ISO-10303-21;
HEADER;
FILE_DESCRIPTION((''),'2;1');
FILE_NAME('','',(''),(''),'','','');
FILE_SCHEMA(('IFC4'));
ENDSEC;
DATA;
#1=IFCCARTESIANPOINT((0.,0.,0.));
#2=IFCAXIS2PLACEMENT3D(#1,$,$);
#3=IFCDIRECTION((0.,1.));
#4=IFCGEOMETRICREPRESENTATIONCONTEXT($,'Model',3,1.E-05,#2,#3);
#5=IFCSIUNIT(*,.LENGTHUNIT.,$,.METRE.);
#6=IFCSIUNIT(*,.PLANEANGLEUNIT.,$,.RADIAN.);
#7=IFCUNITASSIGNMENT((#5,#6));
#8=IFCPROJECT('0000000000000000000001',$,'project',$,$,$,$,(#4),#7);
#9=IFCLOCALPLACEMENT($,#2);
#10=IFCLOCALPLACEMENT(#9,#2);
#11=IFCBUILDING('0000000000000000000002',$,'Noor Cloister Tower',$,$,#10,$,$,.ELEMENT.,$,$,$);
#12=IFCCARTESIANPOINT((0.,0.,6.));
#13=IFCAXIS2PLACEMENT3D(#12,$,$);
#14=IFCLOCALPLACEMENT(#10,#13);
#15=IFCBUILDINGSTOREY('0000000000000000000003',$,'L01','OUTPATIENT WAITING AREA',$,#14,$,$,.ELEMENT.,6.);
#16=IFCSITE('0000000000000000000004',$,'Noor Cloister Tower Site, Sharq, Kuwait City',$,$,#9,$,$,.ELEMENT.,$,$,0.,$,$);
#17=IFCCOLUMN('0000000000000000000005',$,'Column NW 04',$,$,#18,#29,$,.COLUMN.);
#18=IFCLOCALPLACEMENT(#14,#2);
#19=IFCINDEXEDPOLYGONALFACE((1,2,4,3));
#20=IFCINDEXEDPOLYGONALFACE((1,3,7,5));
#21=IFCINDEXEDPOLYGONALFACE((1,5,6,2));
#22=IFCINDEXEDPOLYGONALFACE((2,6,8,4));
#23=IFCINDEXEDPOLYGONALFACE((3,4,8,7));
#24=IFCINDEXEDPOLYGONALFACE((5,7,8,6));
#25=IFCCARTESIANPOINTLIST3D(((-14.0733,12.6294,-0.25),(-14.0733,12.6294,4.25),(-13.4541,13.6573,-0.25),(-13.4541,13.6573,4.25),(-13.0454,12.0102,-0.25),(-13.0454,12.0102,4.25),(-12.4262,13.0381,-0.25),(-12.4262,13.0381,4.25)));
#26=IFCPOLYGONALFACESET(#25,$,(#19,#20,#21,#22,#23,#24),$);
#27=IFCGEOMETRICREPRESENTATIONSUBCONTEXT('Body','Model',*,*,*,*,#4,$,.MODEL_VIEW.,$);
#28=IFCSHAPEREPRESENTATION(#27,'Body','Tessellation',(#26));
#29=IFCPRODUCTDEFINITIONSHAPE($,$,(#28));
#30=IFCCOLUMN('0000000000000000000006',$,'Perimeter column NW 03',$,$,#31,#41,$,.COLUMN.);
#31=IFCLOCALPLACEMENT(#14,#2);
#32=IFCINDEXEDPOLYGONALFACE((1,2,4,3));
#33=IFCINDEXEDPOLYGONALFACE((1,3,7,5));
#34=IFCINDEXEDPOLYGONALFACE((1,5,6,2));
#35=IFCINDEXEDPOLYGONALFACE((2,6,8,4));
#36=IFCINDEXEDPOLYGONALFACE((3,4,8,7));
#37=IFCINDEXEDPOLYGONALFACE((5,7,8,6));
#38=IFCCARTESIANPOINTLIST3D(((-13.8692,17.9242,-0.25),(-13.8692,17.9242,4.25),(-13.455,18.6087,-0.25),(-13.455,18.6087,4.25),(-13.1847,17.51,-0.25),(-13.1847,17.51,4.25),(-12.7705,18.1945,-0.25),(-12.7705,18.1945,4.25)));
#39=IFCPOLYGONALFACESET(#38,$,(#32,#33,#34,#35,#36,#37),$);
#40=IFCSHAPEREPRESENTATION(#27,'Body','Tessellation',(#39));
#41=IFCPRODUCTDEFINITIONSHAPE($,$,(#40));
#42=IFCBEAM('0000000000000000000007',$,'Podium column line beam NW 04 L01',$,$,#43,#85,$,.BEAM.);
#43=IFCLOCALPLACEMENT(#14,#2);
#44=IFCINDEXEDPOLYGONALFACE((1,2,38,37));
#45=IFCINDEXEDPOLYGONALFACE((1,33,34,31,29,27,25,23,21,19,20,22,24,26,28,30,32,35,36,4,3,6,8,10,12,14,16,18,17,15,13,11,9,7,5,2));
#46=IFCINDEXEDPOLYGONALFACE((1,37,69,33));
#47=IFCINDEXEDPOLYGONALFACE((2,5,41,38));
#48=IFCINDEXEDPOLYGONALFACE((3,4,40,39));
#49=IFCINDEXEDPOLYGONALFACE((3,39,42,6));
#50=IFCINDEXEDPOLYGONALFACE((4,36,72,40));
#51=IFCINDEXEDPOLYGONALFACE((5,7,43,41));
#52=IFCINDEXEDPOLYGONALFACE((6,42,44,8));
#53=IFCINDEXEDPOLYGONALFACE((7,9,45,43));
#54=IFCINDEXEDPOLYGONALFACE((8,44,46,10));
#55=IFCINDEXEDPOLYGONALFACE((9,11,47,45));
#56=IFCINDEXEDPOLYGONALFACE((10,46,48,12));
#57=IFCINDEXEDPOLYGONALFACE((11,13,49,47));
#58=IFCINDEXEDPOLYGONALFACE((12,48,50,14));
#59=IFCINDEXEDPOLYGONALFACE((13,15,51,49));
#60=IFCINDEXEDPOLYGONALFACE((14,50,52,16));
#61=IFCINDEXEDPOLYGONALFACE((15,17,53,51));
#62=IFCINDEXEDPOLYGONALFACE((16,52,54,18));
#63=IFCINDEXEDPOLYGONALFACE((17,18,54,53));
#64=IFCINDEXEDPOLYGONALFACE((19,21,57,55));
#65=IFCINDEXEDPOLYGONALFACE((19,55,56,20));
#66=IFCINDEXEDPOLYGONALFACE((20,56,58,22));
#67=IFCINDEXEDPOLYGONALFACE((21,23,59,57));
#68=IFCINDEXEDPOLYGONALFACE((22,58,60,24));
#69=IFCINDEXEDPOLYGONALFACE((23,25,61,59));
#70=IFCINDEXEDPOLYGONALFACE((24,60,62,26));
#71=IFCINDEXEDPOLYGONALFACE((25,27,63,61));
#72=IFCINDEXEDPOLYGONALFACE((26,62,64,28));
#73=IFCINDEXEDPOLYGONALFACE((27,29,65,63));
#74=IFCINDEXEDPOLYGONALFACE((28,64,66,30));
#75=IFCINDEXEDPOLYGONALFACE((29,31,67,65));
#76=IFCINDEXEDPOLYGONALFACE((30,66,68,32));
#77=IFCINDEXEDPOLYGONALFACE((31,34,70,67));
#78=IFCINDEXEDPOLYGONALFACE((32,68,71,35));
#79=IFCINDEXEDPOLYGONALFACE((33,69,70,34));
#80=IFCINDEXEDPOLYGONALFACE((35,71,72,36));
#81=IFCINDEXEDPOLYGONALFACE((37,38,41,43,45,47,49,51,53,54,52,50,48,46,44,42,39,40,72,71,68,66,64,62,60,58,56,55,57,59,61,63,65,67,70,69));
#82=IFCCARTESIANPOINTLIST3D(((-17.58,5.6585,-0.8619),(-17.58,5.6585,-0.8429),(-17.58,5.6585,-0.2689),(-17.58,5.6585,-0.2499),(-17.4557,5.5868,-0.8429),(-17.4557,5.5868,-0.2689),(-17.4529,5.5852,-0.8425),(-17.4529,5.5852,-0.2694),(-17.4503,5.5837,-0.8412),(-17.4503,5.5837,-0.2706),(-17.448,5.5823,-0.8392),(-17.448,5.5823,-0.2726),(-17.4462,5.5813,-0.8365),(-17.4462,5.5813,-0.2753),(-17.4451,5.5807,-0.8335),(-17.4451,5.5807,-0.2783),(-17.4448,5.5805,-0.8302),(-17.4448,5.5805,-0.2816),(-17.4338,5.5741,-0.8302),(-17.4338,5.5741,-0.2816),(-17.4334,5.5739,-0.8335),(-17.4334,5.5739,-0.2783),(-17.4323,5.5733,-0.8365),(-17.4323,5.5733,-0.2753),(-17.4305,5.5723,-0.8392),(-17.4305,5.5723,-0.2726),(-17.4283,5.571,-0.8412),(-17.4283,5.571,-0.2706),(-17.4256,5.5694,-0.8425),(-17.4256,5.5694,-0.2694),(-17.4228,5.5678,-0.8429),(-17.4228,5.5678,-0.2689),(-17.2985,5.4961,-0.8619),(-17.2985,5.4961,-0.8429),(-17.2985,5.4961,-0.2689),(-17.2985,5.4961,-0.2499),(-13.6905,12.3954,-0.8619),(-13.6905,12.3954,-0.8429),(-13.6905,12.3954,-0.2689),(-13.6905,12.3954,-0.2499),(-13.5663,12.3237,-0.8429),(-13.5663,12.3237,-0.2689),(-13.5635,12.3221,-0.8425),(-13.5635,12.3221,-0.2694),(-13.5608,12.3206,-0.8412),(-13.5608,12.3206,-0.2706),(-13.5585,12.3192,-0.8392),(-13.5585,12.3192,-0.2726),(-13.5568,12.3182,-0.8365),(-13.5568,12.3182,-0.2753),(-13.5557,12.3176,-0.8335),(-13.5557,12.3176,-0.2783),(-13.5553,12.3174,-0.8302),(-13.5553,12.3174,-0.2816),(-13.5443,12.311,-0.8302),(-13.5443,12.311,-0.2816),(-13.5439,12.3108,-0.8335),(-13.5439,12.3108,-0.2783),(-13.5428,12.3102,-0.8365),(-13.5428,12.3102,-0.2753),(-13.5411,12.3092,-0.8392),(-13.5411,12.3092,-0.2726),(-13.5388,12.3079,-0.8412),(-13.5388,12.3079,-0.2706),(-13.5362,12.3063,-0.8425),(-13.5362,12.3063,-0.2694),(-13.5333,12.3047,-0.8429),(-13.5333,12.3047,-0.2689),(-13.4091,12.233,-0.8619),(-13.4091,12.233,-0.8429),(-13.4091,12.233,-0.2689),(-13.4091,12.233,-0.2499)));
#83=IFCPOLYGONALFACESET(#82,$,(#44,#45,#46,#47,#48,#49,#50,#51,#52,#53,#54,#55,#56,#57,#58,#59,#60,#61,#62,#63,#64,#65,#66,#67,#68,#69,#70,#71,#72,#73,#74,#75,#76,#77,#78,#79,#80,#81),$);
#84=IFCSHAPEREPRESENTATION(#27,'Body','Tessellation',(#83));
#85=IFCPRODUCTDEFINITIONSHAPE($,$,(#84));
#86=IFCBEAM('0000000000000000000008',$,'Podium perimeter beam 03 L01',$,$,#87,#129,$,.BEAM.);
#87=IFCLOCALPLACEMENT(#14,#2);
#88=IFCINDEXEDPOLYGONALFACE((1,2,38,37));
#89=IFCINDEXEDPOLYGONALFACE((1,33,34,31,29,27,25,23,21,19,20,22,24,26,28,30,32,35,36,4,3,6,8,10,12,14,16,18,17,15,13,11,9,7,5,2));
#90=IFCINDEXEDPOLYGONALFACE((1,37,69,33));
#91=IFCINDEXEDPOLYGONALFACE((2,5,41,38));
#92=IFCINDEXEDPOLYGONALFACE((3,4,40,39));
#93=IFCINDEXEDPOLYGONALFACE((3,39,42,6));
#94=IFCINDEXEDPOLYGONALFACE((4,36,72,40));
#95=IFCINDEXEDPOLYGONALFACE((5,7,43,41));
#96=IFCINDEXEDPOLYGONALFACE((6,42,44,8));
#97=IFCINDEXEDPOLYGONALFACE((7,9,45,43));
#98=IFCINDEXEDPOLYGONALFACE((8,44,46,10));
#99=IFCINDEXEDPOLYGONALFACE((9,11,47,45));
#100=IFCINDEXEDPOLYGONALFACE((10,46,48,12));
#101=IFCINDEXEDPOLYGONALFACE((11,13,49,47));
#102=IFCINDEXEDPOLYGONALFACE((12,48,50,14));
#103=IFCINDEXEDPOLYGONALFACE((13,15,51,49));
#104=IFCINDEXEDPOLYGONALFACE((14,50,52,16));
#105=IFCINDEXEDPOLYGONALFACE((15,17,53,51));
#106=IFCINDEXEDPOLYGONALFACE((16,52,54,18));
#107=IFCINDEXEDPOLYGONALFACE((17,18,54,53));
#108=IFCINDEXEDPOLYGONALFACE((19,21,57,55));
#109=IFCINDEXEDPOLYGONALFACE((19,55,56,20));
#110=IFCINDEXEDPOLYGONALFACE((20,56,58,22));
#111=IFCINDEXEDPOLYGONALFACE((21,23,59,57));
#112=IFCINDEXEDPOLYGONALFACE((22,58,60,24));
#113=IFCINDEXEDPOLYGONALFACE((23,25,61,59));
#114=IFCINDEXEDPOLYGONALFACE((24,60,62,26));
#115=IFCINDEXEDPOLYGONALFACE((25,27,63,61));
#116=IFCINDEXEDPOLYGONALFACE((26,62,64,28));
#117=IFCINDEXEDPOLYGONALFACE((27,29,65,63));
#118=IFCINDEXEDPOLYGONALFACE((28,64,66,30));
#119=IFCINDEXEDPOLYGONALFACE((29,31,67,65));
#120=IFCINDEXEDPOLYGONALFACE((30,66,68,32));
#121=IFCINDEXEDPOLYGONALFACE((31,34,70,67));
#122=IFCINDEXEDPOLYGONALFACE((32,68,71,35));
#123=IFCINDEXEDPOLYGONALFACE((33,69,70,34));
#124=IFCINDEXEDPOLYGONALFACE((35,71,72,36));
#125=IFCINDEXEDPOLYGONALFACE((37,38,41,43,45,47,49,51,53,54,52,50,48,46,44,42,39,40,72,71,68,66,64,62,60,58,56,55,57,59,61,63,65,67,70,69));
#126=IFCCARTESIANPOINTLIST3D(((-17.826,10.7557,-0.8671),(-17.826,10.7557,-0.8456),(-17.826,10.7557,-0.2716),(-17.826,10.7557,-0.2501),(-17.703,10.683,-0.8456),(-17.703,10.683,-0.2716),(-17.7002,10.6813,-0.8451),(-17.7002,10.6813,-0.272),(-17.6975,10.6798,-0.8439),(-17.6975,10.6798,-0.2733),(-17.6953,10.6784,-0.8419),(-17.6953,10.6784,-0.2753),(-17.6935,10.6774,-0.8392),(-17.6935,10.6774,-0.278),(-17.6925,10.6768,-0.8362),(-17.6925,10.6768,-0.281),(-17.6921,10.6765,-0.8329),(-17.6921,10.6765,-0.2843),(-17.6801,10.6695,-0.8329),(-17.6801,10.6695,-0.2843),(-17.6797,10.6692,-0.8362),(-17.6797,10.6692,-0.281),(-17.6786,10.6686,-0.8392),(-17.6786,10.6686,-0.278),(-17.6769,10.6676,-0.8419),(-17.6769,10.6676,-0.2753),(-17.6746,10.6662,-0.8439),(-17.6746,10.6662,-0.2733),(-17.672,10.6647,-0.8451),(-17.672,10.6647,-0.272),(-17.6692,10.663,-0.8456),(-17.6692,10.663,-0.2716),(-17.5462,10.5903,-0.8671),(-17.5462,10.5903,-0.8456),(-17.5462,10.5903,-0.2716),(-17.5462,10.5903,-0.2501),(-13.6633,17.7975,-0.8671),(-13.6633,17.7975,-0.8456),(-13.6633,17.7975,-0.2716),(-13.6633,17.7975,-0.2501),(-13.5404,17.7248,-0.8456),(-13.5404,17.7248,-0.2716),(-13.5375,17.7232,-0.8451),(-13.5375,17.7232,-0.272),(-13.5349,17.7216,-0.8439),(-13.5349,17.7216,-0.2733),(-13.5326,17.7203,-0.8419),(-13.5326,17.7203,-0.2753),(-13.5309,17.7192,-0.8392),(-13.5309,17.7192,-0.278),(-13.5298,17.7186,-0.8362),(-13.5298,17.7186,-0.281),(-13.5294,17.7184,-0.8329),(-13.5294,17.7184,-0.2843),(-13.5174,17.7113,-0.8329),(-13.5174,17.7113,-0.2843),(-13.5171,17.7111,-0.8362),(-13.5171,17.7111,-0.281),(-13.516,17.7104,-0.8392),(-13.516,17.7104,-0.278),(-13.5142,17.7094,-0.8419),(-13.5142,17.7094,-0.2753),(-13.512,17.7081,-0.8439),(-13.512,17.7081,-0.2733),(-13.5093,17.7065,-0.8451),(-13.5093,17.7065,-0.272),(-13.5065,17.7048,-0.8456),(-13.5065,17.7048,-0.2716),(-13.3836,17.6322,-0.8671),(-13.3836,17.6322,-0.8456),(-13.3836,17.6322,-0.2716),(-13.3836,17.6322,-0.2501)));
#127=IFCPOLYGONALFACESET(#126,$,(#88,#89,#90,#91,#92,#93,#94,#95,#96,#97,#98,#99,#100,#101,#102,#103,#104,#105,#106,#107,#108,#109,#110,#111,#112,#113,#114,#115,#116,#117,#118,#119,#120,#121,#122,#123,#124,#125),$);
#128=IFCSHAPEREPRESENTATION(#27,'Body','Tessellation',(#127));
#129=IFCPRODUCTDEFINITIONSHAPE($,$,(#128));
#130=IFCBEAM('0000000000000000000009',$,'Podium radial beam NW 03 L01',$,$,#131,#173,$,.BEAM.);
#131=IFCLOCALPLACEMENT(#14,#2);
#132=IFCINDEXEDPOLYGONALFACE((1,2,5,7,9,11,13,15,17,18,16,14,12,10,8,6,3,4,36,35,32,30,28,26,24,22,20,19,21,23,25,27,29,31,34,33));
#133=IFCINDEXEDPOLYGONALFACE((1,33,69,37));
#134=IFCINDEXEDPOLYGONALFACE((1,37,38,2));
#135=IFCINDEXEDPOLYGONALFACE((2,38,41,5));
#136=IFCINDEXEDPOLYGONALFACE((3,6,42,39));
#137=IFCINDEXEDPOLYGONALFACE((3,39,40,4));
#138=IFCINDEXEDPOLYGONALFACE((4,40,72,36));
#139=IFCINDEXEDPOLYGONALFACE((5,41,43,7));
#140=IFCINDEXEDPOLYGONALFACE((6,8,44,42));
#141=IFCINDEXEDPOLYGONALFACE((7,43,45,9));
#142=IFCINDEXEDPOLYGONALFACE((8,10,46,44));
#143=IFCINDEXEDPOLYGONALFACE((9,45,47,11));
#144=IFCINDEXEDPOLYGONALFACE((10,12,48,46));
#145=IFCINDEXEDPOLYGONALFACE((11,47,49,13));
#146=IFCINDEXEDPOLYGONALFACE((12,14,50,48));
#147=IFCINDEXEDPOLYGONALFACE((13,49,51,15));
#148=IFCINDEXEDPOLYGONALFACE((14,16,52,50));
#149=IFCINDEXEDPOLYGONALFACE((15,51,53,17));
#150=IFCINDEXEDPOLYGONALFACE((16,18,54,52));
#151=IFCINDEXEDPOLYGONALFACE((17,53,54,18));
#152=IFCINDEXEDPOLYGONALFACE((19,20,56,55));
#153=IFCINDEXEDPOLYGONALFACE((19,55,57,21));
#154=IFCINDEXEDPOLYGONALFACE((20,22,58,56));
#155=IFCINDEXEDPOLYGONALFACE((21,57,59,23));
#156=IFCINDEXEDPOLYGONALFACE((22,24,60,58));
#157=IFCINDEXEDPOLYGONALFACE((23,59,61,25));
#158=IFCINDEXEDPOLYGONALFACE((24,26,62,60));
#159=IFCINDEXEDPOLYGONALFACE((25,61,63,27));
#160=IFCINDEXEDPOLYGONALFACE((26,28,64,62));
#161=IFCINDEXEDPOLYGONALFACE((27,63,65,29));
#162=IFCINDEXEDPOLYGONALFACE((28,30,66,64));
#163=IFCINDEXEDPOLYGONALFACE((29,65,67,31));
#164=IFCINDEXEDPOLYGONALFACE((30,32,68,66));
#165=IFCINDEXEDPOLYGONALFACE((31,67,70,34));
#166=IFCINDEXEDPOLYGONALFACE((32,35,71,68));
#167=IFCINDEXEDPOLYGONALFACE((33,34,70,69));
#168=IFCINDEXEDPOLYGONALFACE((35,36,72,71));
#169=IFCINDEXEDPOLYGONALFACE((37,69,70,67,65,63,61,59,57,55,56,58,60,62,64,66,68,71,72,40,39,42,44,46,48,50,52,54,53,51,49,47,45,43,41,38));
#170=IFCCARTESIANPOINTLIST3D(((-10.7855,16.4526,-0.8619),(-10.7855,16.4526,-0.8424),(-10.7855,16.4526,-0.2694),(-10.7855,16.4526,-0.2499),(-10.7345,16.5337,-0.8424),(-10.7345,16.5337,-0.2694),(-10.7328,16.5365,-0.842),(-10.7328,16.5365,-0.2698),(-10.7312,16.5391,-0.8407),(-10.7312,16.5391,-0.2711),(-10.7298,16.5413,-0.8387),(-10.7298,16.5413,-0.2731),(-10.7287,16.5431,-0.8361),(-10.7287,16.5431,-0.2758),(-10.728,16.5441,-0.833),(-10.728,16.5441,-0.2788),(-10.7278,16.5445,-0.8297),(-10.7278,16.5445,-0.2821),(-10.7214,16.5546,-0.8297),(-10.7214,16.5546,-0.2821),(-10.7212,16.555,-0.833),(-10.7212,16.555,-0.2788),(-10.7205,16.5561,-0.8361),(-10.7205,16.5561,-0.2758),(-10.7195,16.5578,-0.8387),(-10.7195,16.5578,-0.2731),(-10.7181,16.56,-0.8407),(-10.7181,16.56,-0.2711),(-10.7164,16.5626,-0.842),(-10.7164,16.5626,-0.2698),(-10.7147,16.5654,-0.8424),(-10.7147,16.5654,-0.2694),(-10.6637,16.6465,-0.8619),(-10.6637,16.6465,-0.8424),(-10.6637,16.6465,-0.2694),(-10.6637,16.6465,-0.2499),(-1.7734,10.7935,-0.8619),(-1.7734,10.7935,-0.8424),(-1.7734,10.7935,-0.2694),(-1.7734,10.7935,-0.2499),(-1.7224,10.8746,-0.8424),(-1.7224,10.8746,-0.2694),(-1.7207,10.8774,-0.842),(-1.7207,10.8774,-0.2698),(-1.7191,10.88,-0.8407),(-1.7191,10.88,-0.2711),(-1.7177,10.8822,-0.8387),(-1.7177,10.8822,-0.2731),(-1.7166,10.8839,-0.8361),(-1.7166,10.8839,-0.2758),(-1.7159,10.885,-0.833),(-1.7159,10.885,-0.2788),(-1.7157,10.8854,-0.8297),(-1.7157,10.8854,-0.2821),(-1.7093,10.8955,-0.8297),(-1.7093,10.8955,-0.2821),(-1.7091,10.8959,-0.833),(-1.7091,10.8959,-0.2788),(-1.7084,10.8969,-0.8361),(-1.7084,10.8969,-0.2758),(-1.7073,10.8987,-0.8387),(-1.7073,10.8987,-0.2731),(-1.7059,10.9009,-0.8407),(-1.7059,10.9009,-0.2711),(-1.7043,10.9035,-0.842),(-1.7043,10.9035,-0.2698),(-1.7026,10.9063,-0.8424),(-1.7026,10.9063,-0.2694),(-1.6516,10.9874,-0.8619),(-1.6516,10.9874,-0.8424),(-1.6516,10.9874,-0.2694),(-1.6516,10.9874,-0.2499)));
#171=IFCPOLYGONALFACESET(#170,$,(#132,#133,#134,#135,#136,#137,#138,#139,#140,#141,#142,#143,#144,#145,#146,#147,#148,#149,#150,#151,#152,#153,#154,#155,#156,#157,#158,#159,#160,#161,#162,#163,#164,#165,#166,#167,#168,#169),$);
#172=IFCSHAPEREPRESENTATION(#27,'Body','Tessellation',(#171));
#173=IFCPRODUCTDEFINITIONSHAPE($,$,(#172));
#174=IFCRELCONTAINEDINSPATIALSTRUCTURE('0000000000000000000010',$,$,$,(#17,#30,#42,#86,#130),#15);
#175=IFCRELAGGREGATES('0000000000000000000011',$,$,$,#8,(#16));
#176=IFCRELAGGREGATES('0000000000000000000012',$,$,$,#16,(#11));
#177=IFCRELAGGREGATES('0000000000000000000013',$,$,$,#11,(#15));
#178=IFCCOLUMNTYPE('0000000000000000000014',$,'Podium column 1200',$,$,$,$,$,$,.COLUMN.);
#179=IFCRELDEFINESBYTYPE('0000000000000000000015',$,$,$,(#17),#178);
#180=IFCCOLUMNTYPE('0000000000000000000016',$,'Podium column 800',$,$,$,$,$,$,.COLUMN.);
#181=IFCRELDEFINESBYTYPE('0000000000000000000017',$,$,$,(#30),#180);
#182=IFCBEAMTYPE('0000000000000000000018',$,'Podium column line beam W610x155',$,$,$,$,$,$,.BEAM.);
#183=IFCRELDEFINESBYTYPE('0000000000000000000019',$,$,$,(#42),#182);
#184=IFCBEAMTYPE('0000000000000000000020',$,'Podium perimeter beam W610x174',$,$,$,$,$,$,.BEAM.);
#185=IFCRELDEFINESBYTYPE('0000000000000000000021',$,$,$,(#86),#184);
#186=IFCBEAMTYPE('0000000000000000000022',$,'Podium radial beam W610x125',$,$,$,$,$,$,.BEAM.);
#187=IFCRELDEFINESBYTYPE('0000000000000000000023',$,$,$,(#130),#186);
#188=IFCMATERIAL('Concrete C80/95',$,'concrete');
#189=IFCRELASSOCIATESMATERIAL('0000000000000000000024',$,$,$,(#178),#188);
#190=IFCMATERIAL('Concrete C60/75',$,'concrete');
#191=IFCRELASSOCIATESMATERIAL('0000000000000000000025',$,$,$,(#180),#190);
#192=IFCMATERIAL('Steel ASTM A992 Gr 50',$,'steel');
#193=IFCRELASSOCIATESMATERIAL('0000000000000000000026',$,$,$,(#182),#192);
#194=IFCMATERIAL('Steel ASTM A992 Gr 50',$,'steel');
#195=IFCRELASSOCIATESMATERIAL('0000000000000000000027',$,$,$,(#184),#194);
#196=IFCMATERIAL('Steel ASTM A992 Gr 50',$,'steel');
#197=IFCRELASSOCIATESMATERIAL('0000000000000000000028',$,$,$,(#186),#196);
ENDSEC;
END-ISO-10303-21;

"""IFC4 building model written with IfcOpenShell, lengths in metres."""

from ifc_helpers import new_model, si_unit, direction, frame, origin, origin_2d, place, context, subcontext, project, spatial, rectangle, i_section, extrude, material, material_profile, profile_set, type_object, element, save


model = new_model("IFC4")

# Units and contexts
model_context = context("Model", 3, precision=1e-05, world=origin(), true_north=direction((0.0, 1.0)))
body_context = subcontext(model_context, "Body", "Model", "MODEL_VIEW")
ifc_project = project(units=[si_unit("LENGTHUNIT", "METRE"), si_unit("PLANEANGLEUNIT", "RADIAN")], contexts=[model_context])

# Site, building, storey
site_placement = place(None, origin())
site = spatial("IfcSite", under=ifc_project, at=site_placement, Name="Noor Cloister Tower Site, Sharq, Kuwait City", CompositionType="ELEMENT", RefElevation=0.0)
building_placement = place(site_placement, origin())
building = spatial("IfcBuilding", under=site, at=building_placement, Name="Noor Cloister Tower", CompositionType="ELEMENT")
storey_placement = place(building_placement, frame((0.0, 0.0, 6.0)))
storey = spatial("IfcBuildingStorey", under=building, at=storey_placement, Name="L01", Description="OUTPATIENT WAITING AREA", CompositionType="ELEMENT", Elevation=6.0)

# Columns
ifc_material_1 = material(Name="Concrete C80/95", Category="concrete")
ifc_material_profile_1 = material_profile(ifc_material_1, rectangle(XDim=1.2, YDim=1.2, at=origin_2d()), Name="Podium column 1200")
ifc_profile_set_1 = profile_set([ifc_material_profile_1], Name="Concrete C80/95")
column_type_1 = type_object("IfcColumnType", Name="Podium column 1200", PredefinedType="COLUMN", material=ifc_profile_set_1)
column_1_placement = place(storey_placement, frame((-13.2498, 12.8337, -0.25), z_axis=(0.0, 0.0, 1.0), x_axis=(-0.8566, 0.515981, 0.0)))
element("IfcColumn", 1, at=column_1_placement, inside=storey, type_object=column_type_1, Name="Column NW 04", PredefinedType="COLUMN", context=body_context, shape_type="SweptSolid", body=[
    extrude(rectangle(XDim=1.2, YDim=1.2, at=origin_2d()), origin(), (0.0, 0.0, 1.0), 4.5),
])
ifc_material_2 = material(Name="Concrete C60/75", Category="concrete")
ifc_material_profile_2 = material_profile(ifc_material_2, rectangle(XDim=0.8, YDim=0.8, at=origin_2d()), Name="Podium column 800")
ifc_profile_set_2 = profile_set([ifc_material_profile_2], Name="Concrete C60/75")
column_type_2 = type_object("IfcColumnType", Name="Podium column 800", PredefinedType="COLUMN", material=ifc_profile_set_2)
column_2_placement = place(storey_placement, frame((-13.3198, 18.0593, -0.25), z_axis=(0.0, 0.0, 1.0), x_axis=(-0.855574, 0.51768, 0.0)))
element("IfcColumn", 2, at=column_2_placement, inside=storey, type_object=column_type_2, Name="Perimeter column NW 03", PredefinedType="COLUMN", context=body_context, shape_type="SweptSolid", body=[
    extrude(rectangle(XDim=0.8, YDim=0.8, at=origin_2d()), origin(), (0.0, 0.0, 1.0), 4.5),
])

# Beams
ifc_material_3 = material(Name="Steel ASTM A992 Gr 50", Category="steel")
ifc_material_profile_3 = material_profile(ifc_material_3, i_section(OverallWidth=0.325, OverallDepth=0.6121, WebThickness=0.0127, FlangeThickness=0.019, FilletRadius=0.0127, at=origin_2d()), Name="W610x155")
ifc_profile_set_3 = profile_set([ifc_material_profile_3], Name="Steel ASTM A992 Gr 50")
beam_type_1 = type_object("IfcBeamType", Name="Podium column line beam W610x155", PredefinedType="BEAM", material=ifc_profile_set_3)
beam_1_placement = place(storey_placement, frame((-13.5498, 12.3142, -0.5559), z_axis=(-0.499991, -0.866031, 0.0), x_axis=(0.866031, -0.499991, 0.0)))
element("IfcBeam", 3, at=beam_1_placement, inside=storey, type_object=beam_type_1, Name="Podium column line beam NW 04 L01", PredefinedType="BEAM", context=body_context, shape_type="SweptSolid", body=[
    extrude(i_section(OverallWidth=0.325, OverallDepth=0.6121, WebThickness=0.0127, FlangeThickness=0.019, FilletRadius=0.0127, at=origin_2d()), origin(), (0.0, 0.0, 1.0), 7.7791),
])
ifc_material_4 = material(Name="Steel ASTM A992 Gr 50", Category="steel")
ifc_material_profile_4 = material_profile(ifc_material_4, i_section(OverallWidth=0.325, OverallDepth=0.6169, WebThickness=0.0139, FlangeThickness=0.0215, FilletRadius=0.0127, at=origin_2d()), Name="W610x174")
ifc_profile_set_4 = profile_set([ifc_material_profile_4], Name="Steel ASTM A992 Gr 50")
beam_type_2 = type_object("IfcBeamType", Name="Podium perimeter beam W610x174", PredefinedType="BEAM", material=ifc_profile_set_4)
beam_2_placement = place(storey_placement, frame((-13.5234, 17.7148, -0.5586), z_axis=(-0.508871, -0.860843, 0.0), x_axis=(0.860843, -0.508871, 0.0)))
element("IfcBeam", 4, at=beam_2_placement, inside=storey, type_object=beam_type_2, Name="Podium perimeter beam 03 L01", PredefinedType="BEAM", context=body_context, shape_type="SweptSolid", body=[
    extrude(i_section(OverallWidth=0.325, OverallDepth=0.6169, WebThickness=0.0139, FlangeThickness=0.0215, FilletRadius=0.0127, at=origin_2d()), origin(), (0.0, 0.0, 1.0), 8.1802),
])
ifc_material_5 = material(Name="Steel ASTM A992 Gr 50", Category="steel")
ifc_material_profile_5 = material_profile(ifc_material_5, i_section(OverallWidth=0.229, OverallDepth=0.6121, WebThickness=0.012, FlangeThickness=0.0195, FilletRadius=0.0127, at=origin_2d()), Name="W610x125")
ifc_profile_set_5 = profile_set([ifc_material_profile_5], Name="Steel ASTM A992 Gr 50")
beam_type_3 = type_object("IfcBeamType", Name="Podium radial beam W610x125", PredefinedType="BEAM", material=ifc_profile_set_5)
beam_3_placement = place(storey_placement, frame((-10.7246, 16.5496, -0.5559), z_axis=(0.846875, -0.531792, 0.0), x_axis=(0.531792, 0.846875, 0.0)))
element("IfcBeam", 5, at=beam_3_placement, inside=storey, type_object=beam_type_3, Name="Podium radial beam NW 03 L01", PredefinedType="BEAM", context=body_context, shape_type="SweptSolid", body=[
    extrude(i_section(OverallWidth=0.229, OverallDepth=0.6121, WebThickness=0.012, FlangeThickness=0.0195, FilletRadius=0.0127, at=origin_2d()), origin(), (0.0, 0.0, 1.0), 10.6416),
])

save(model, "model.ifc")
